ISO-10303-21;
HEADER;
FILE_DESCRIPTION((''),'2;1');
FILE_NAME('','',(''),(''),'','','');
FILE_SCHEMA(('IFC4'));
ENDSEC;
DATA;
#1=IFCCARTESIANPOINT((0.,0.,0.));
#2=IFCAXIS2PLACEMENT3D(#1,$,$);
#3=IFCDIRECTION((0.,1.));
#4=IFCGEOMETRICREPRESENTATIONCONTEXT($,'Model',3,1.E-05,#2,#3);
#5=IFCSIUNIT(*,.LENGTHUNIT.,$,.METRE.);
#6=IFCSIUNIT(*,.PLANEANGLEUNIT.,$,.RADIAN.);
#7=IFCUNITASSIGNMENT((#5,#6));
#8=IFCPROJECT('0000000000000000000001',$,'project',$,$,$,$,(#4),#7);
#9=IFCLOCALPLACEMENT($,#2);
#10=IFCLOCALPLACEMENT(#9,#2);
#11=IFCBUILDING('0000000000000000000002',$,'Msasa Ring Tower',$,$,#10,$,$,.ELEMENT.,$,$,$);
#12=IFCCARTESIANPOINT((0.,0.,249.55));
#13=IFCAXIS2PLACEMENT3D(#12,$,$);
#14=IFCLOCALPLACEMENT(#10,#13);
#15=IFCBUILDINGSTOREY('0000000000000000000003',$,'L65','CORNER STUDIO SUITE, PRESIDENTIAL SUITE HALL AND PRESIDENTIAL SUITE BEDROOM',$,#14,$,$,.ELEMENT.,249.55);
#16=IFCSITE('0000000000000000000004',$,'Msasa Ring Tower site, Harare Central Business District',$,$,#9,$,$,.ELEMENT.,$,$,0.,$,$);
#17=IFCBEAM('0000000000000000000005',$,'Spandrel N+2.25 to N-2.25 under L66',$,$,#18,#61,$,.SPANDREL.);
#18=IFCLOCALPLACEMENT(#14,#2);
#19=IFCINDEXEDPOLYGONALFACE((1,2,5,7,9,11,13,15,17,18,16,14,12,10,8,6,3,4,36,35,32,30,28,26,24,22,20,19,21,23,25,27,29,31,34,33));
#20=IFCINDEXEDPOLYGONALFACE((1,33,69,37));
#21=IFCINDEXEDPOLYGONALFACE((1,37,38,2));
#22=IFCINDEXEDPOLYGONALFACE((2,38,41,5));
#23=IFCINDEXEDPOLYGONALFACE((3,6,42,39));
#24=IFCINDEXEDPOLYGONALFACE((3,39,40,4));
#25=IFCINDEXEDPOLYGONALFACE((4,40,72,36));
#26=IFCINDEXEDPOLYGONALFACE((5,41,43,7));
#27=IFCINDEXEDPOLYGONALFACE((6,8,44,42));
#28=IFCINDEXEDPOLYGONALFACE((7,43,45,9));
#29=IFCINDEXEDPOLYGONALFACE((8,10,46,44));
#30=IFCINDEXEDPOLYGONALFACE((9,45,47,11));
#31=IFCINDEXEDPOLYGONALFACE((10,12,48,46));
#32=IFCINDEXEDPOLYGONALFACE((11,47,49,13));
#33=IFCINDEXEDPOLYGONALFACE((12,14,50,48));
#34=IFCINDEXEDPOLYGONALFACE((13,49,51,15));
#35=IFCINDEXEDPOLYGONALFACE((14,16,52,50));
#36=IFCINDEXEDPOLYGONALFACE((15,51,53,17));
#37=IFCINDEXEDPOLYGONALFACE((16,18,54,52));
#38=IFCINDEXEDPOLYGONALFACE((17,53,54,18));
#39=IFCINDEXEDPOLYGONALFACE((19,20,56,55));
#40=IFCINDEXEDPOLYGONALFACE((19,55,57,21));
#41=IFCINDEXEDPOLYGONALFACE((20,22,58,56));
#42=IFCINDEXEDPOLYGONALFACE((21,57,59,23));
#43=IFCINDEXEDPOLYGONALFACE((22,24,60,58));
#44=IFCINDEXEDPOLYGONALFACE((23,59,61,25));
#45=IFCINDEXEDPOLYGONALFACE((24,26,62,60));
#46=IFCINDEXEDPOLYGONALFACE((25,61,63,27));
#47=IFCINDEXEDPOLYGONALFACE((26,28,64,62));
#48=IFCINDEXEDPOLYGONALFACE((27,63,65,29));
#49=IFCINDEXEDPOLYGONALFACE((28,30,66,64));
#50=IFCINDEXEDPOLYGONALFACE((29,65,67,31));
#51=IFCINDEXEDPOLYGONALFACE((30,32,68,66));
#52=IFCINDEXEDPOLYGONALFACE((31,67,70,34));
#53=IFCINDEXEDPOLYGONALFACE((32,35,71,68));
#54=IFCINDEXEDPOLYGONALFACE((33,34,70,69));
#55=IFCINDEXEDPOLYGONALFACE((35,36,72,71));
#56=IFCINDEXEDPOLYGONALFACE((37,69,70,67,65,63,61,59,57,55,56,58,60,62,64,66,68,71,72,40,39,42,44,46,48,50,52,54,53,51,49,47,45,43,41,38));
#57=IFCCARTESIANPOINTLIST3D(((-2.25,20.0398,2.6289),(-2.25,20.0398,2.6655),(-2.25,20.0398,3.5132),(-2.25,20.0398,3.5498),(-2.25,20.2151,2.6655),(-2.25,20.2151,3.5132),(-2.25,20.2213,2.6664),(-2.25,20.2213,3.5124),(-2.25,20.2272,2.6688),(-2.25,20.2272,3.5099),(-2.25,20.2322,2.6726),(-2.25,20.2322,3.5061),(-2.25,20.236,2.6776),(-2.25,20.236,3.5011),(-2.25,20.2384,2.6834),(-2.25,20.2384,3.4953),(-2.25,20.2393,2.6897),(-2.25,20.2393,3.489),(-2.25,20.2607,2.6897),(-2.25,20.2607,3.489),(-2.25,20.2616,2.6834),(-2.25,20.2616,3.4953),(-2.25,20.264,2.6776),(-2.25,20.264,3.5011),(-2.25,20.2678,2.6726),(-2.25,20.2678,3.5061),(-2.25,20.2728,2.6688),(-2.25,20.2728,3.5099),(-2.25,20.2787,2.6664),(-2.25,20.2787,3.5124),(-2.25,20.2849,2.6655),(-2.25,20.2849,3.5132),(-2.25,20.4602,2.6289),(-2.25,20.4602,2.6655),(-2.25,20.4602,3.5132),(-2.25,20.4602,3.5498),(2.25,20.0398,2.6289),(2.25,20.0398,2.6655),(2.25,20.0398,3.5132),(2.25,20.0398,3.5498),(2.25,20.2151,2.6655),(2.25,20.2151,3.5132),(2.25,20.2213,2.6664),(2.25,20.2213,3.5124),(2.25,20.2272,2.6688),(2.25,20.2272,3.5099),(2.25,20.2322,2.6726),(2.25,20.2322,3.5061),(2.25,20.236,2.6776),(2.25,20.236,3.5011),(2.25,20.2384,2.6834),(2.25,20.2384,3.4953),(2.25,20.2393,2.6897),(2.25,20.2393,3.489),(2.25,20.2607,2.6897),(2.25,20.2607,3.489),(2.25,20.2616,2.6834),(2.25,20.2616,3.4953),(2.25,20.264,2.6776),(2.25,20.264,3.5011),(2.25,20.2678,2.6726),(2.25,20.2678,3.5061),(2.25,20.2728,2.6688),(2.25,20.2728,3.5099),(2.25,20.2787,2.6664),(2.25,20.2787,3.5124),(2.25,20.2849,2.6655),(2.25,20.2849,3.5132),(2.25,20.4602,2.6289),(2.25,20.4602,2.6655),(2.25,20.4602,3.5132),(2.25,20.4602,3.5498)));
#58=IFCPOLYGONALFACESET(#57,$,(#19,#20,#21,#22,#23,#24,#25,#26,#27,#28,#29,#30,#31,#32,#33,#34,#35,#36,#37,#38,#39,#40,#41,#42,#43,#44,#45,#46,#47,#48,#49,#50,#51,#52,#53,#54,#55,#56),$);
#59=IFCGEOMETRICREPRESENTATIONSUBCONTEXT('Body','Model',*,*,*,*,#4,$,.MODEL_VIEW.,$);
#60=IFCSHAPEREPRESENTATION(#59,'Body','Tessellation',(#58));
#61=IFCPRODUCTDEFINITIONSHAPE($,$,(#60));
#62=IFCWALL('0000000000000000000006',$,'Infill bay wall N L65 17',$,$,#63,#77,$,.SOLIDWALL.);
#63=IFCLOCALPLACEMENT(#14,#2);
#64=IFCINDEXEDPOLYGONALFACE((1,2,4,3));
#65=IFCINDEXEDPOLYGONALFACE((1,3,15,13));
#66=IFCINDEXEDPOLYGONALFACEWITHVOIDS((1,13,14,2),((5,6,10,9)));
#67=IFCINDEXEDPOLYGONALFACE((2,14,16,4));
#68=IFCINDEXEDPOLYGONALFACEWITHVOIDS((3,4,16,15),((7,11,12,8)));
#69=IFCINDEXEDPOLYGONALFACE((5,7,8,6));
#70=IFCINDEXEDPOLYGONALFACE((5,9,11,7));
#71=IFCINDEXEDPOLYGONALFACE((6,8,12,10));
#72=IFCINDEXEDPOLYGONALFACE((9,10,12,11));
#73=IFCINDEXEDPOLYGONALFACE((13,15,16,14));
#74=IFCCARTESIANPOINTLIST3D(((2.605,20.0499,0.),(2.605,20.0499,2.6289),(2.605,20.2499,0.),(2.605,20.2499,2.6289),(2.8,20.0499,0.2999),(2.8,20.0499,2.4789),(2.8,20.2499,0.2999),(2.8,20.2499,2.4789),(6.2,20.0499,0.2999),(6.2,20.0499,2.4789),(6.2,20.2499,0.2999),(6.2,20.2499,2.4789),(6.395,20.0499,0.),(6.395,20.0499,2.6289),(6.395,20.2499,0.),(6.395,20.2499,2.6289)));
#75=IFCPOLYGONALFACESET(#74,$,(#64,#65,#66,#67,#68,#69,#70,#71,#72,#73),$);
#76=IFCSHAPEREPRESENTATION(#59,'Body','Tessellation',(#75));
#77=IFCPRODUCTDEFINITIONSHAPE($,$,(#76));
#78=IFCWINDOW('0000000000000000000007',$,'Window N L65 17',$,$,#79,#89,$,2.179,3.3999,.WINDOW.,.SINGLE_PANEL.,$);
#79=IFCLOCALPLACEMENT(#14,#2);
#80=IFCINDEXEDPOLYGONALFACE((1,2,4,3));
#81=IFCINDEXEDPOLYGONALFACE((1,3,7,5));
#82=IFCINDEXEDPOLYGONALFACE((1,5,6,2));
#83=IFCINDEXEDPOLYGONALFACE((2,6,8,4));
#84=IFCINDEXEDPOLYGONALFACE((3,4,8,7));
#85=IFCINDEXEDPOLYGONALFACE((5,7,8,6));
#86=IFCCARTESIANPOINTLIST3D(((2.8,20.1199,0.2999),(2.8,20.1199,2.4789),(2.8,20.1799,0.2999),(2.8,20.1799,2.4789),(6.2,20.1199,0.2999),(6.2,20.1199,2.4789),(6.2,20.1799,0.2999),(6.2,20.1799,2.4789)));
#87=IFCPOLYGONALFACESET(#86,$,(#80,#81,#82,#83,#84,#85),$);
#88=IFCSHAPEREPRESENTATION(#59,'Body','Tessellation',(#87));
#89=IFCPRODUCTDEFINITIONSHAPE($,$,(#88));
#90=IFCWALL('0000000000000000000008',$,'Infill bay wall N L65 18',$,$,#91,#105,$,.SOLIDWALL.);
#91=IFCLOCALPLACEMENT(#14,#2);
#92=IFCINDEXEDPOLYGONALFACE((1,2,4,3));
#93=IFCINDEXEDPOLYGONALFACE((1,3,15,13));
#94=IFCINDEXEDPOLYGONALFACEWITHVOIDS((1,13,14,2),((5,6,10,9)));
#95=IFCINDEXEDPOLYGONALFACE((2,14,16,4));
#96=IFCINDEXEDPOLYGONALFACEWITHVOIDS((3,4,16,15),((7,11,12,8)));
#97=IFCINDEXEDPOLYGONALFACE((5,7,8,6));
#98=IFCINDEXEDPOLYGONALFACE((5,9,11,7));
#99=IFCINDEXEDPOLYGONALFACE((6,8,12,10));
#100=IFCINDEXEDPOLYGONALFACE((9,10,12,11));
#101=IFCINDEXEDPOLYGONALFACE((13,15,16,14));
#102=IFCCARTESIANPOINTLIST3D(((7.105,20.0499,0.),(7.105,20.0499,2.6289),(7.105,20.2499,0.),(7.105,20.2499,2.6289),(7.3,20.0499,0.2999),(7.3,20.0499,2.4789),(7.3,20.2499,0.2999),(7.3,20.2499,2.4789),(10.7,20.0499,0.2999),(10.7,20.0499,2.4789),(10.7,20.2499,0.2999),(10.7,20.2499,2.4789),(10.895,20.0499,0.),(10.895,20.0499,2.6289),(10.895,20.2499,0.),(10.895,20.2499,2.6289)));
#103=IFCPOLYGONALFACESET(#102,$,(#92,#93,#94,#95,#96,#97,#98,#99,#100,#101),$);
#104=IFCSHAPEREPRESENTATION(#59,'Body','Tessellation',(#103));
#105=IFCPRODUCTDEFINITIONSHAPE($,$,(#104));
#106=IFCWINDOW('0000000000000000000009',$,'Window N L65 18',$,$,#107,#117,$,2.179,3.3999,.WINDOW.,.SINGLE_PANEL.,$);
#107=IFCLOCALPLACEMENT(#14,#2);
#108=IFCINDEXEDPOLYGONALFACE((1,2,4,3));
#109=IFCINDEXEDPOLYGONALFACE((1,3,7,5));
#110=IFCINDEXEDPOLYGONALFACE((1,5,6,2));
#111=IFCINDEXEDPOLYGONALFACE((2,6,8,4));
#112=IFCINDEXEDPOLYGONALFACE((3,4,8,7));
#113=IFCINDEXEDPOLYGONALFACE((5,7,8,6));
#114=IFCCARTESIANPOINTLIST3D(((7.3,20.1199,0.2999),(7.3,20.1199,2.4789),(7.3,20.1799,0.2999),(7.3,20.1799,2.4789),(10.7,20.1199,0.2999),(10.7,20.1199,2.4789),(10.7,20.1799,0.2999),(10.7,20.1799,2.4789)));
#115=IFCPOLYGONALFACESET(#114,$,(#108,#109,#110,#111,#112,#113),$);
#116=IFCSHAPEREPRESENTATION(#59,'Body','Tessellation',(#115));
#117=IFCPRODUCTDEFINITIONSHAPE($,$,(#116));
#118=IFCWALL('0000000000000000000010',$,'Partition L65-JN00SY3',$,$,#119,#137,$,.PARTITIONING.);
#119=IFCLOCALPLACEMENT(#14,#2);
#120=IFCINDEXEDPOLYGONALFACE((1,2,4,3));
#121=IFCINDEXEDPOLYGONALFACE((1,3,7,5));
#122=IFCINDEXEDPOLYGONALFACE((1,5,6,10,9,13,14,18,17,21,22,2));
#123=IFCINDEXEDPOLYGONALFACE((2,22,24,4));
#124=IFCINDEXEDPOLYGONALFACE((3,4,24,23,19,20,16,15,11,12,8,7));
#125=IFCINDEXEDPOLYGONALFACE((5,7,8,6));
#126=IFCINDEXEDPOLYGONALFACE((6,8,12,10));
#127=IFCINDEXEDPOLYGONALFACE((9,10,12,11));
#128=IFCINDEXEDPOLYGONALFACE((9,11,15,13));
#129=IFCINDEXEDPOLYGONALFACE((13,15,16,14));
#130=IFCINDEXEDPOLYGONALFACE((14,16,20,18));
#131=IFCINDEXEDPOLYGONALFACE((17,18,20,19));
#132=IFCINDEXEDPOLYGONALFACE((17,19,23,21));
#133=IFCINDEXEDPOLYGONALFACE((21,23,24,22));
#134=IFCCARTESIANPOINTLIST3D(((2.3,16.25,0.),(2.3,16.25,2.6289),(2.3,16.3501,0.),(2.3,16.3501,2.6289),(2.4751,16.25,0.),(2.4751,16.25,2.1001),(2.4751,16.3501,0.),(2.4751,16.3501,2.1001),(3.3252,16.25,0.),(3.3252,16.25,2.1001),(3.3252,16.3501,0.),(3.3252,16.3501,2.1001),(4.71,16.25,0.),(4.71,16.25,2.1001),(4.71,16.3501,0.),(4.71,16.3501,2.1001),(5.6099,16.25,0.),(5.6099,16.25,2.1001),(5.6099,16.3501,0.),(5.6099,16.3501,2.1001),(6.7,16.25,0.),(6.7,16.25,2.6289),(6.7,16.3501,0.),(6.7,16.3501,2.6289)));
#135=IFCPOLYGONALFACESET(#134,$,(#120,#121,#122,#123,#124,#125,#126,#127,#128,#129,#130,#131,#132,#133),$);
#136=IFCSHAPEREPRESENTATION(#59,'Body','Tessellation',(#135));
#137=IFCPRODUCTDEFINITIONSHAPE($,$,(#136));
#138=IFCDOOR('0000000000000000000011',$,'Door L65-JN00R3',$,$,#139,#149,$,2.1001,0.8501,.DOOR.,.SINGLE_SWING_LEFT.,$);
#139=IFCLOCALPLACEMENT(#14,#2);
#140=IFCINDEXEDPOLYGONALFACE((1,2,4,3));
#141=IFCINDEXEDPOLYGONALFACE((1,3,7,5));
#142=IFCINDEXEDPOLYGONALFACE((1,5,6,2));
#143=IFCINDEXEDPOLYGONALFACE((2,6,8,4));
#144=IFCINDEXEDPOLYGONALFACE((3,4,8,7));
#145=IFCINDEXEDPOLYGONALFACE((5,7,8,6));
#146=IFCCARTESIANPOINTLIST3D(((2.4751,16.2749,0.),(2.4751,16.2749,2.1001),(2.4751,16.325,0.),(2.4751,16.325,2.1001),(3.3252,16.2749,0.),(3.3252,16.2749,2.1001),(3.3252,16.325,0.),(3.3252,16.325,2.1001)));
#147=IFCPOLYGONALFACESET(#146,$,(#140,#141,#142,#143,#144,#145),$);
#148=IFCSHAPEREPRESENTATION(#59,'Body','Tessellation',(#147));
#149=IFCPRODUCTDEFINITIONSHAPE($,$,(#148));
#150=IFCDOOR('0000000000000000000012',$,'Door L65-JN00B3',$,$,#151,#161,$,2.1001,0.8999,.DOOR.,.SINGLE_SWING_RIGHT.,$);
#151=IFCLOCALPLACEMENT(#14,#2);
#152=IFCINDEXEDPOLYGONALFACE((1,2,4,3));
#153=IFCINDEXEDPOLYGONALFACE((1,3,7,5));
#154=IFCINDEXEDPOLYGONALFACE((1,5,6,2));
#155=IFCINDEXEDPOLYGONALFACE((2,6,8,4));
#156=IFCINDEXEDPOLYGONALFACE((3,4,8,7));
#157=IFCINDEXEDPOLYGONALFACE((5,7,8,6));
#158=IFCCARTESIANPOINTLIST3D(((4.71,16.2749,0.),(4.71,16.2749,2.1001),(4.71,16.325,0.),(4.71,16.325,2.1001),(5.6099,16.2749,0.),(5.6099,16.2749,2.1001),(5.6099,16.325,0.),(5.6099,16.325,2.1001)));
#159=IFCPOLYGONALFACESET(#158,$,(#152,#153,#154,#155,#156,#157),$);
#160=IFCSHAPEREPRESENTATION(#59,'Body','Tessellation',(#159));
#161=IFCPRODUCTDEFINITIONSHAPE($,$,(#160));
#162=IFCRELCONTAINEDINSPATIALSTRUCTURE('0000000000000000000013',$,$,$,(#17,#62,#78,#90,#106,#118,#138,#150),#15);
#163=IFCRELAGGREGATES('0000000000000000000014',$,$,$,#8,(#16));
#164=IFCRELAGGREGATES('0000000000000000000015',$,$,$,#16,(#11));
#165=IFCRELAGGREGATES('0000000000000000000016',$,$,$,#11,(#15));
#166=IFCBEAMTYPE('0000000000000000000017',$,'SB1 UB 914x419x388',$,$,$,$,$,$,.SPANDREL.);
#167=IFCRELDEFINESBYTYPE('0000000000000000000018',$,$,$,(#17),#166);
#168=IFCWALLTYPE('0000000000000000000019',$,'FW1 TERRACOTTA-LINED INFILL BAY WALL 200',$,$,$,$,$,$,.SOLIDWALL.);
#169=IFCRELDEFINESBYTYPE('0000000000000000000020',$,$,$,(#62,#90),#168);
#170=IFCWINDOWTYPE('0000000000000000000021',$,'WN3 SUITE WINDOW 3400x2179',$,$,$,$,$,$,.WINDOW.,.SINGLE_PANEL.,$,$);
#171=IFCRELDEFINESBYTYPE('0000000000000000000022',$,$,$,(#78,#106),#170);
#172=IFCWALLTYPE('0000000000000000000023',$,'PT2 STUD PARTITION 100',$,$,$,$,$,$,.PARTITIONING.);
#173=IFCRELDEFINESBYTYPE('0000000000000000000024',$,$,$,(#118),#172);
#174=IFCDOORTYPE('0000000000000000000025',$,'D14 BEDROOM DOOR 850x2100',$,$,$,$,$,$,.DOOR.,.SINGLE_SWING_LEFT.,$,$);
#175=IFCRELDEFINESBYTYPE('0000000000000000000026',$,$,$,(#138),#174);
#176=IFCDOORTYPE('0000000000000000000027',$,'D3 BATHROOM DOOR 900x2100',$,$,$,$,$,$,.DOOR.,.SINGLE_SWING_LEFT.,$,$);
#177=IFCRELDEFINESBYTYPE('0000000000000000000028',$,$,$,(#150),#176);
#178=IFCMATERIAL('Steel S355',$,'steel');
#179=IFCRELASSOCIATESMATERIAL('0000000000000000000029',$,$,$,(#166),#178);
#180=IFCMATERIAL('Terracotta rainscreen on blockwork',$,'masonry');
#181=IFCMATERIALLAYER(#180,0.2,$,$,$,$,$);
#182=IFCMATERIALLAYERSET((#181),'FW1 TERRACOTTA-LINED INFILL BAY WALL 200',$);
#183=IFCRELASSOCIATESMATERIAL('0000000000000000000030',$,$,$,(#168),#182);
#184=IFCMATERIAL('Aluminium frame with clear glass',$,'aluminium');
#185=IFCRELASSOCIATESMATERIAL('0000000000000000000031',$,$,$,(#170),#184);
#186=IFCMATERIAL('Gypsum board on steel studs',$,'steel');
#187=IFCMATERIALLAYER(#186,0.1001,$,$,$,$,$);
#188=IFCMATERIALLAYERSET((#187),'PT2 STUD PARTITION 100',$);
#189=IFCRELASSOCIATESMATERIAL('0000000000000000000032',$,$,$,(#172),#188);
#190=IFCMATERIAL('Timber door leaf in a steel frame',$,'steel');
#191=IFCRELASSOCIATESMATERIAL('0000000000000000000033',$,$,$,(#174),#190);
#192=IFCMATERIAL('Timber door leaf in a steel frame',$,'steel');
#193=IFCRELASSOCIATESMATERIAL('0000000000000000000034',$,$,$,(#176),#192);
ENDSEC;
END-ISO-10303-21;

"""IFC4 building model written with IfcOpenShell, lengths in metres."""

from ifc_helpers import new_model, si_unit, direction, frame, frame_2d, origin, origin_2d, place, context, subcontext, project, spatial, rectangle, i_section, extrude, material, layer, layer_set, material_profile, profile_set, type_object, element, fill, save


model = new_model("IFC4")

# Units and contexts
model_context = context("Model", 3, precision=1e-05, world=origin(), true_north=direction((0.0, 1.0)))
body_context = subcontext(model_context, "Body", "Model", "MODEL_VIEW")
ifc_project = project(units=[si_unit("LENGTHUNIT", "METRE"), si_unit("PLANEANGLEUNIT", "RADIAN")], contexts=[model_context])

# Site, building, storey
site_placement = place(None, origin())
site = spatial("IfcSite", under=ifc_project, at=site_placement, Name="Msasa Ring Tower site, Harare Central Business District", CompositionType="ELEMENT", RefElevation=0.0)
building_placement = place(site_placement, origin())
building = spatial("IfcBuilding", under=site, at=building_placement, Name="Msasa Ring Tower", CompositionType="ELEMENT")
storey_placement = place(building_placement, frame((0.0, 0.0, 249.55)))
storey = spatial("IfcBuildingStorey", under=building, at=storey_placement, Name="L65", Description="CORNER STUDIO SUITE, PRESIDENTIAL SUITE HALL AND PRESIDENTIAL SUITE BEDROOM", CompositionType="ELEMENT", Elevation=249.55)

# Beam
ifc_material_1 = material(Name="Steel S355", Category="steel")
ifc_material_profile_1 = material_profile(ifc_material_1, i_section(OverallWidth=0.4204, OverallDepth=0.9209, WebThickness=0.0215, FlangeThickness=0.0366, FilletRadius=0.0242, at=origin_2d()), Name="UB 914x419x388")
ifc_profile_set_1 = profile_set([ifc_material_profile_1], Name="Steel S355")
beam_type_1 = type_object("IfcBeamType", Name="SB1 UB 914x419x388", PredefinedType="SPANDREL", material=ifc_profile_set_1)
for number, where, z_axis, x_axis, name in (
    (1, (2.25, 20.25, 3.0894), (-1.0, 0.0, 0.0), (0.0, -1.0, 0.0), "Spandrel N+2.25 to N-2.25 under L66"),
):
    element("IfcBeam", number, at=place(storey_placement, frame(where, z_axis=z_axis, x_axis=x_axis)), inside=storey, type_object=beam_type_1, Name=name, PredefinedType="SPANDREL", context=body_context, shape_type="SweptSolid", body=[
        extrude(i_section(OverallWidth=0.4204, OverallDepth=0.9209, WebThickness=0.0215, FlangeThickness=0.0366, FilletRadius=0.0242, at=origin_2d()), origin(), (0.0, 0.0, 1.0), 4.5),
    ])

# Walls, openings, windows
ifc_material_2 = material(Name="Terracotta rainscreen on blockwork", Category="masonry")
ifc_layer_1 = layer(ifc_material_2, 0.2)
ifc_layer_set_1 = layer_set([ifc_layer_1], Name="FW1 TERRACOTTA-LINED INFILL BAY WALL 200")
wall_type_1 = type_object("IfcWallType", Name="FW1 TERRACOTTA-LINED INFILL BAY WALL 200", PredefinedType="SOLIDWALL", material=ifc_layer_set_1)
wall_1_placement = place(storey_placement, frame((2.605, 20.1499, 0.0), z_axis=(0.0, 0.0, 1.0), x_axis=(1.0, 0.0, 0.0)))
wall_1 = element("IfcWall", 2, at=wall_1_placement, inside=storey, type_object=wall_type_1, Name="Infill bay wall N L65 17", PredefinedType="SOLIDWALL", context=body_context, shape_type="SweptSolid", body=[
    extrude(rectangle(XDim=3.79, YDim=0.2, at=frame_2d((1.895, 0.0))), origin(), (0.0, 0.0, 1.0), 2.6289),
])
opening_1_placement = place(wall_1_placement, frame((0.1951, 0.0, 0.3)))
opening_1 = element("IfcOpeningElement", 3, at=opening_1_placement, cuts=wall_1, PredefinedType="OPENING", context=body_context, shape_type="SweptSolid", body=[
    extrude(rectangle(XDim=3.3999, YDim=2.179, at=frame_2d((1.7, 1.0894))), frame((0.0, 0.1099, 0.0), z_axis=(0.0, -1.0, 0.0), x_axis=(1.0, 0.0, 0.0)), (0.0, 0.0, 1.0), 0.22),
])
ifc_material_3 = material(Name="Aluminium frame with clear glass", Category="aluminium")
window_type = type_object("IfcWindowType", Name="WN3 SUITE WINDOW 3400x2179", PartitioningType="SINGLE_PANEL", PredefinedType="WINDOW", material=ifc_material_3)
window_1_placement = place(opening_1_placement, origin())
window_1 = element("IfcWindow", 4, at=window_1_placement, inside=storey, type_object=window_type, Name="Window N L65 17", OverallHeight=2.179, OverallWidth=3.3999, PartitioningType="SINGLE_PANEL", PredefinedType="WINDOW", context=body_context, shape_type="SweptSolid", body=[
    extrude(rectangle(XDim=3.3999, YDim=2.179, at=frame_2d((1.7, 1.0894))), frame((0.0, 0.03, 0.0), z_axis=(0.0, -1.0, 0.0), x_axis=(1.0, 0.0, 0.0)), (0.0, 0.0, 1.0), 0.0601),
])
fill(opening_1, window_1)
wall_2_placement = place(storey_placement, frame((7.105, 20.1499, 0.0), z_axis=(0.0, 0.0, 1.0), x_axis=(1.0, 0.0, 0.0)))
wall_2 = element("IfcWall", 5, at=wall_2_placement, inside=storey, type_object=wall_type_1, Name="Infill bay wall N L65 18", PredefinedType="SOLIDWALL", context=body_context, shape_type="SweptSolid", body=[
    extrude(rectangle(XDim=3.79, YDim=0.2, at=frame_2d((1.895, 0.0))), origin(), (0.0, 0.0, 1.0), 2.6289),
])
opening_2_placement = place(wall_2_placement, frame((0.1951, 0.0, 0.3)))
opening_2 = element("IfcOpeningElement", 6, at=opening_2_placement, cuts=wall_2, PredefinedType="OPENING", context=body_context, shape_type="SweptSolid", body=[
    extrude(rectangle(XDim=3.3999, YDim=2.179, at=frame_2d((1.7, 1.0894))), frame((0.0, 0.1099, 0.0), z_axis=(0.0, -1.0, 0.0), x_axis=(1.0, 0.0, 0.0)), (0.0, 0.0, 1.0), 0.22),
])
window_2_placement = place(opening_2_placement, origin())
window_2 = element("IfcWindow", 7, at=window_2_placement, inside=storey, type_object=window_type, Name="Window N L65 18", OverallHeight=2.179, OverallWidth=3.3999, PartitioningType="SINGLE_PANEL", PredefinedType="WINDOW", context=body_context, shape_type="SweptSolid", body=[
    extrude(rectangle(XDim=3.3999, YDim=2.179, at=frame_2d((1.7, 1.0894))), frame((0.0, 0.03, 0.0), z_axis=(0.0, -1.0, 0.0), x_axis=(1.0, 0.0, 0.0)), (0.0, 0.0, 1.0), 0.0601),
])
fill(opening_2, window_2)

# Wall, openings, doors
ifc_material_4 = material(Name="Gypsum board on steel studs", Category="steel")
ifc_layer_2 = layer(ifc_material_4, 0.1001)
ifc_layer_set_2 = layer_set([ifc_layer_2], Name="PT2 STUD PARTITION 100")
wall_type_2 = type_object("IfcWallType", Name="PT2 STUD PARTITION 100", PredefinedType="PARTITIONING", material=ifc_layer_set_2)
wall_3_placement = place(storey_placement, frame((2.3, 16.3, 0.0), z_axis=(0.0, 0.0, 1.0), x_axis=(1.0, 0.0, 0.0)))
wall_3 = element("IfcWall", 8, at=wall_3_placement, inside=storey, type_object=wall_type_2, Name="Partition L65-JN00SY3", PredefinedType="PARTITIONING", context=body_context, shape_type="SweptSolid", body=[
    extrude(rectangle(XDim=4.3999, YDim=0.1001, at=frame_2d((2.2, 0.0))), origin(), (0.0, 0.0, 1.0), 2.6289),
])
opening_3_placement = place(wall_3_placement, frame((0.175, 0.0, 0.0)))
opening_3 = element("IfcOpeningElement", 9, at=opening_3_placement, cuts=wall_3, PredefinedType="OPENING", context=body_context, shape_type="SweptSolid", body=[
    extrude(rectangle(XDim=0.8501, YDim=2.1001, at=frame_2d((0.425, 1.05))), frame((0.0, 0.0601, 0.0), z_axis=(0.0, -1.0, 0.0), x_axis=(1.0, 0.0, 0.0)), (0.0, 0.0, 1.0), 0.1201),
])
opening_4_placement = place(wall_3_placement, frame((2.4099, 0.0, 0.0)))
opening_4 = element("IfcOpeningElement", 10, at=opening_4_placement, cuts=wall_3, PredefinedType="OPENING", context=body_context, shape_type="SweptSolid", body=[
    extrude(rectangle(XDim=0.8999, YDim=2.1001, at=frame_2d((0.45, 1.05))), frame((0.0, 0.0601, 0.0), z_axis=(0.0, -1.0, 0.0), x_axis=(1.0, 0.0, 0.0)), (0.0, 0.0, 1.0), 0.1201),
])
ifc_material_5 = material(Name="Timber door leaf in a steel frame", Category="steel")
door_type_1 = type_object("IfcDoorType", Name="D14 BEDROOM DOOR 850x2100", OperationType="SINGLE_SWING_LEFT", PredefinedType="DOOR", material=ifc_material_5)
door_1_placement = place(opening_3_placement, origin())
door_1 = element("IfcDoor", 11, at=door_1_placement, inside=storey, type_object=door_type_1, Name="Door L65-JN00R3", OperationType="SINGLE_SWING_LEFT", OverallHeight=2.1001, OverallWidth=0.8501, PredefinedType="DOOR", context=body_context, shape_type="SweptSolid", body=[
    extrude(rectangle(XDim=0.8501, YDim=2.1001, at=frame_2d((0.425, 1.05))), frame((0.0, 0.0249, 0.0), z_axis=(0.0, -1.0, 0.0), x_axis=(1.0, 0.0, 0.0)), (0.0, 0.0, 1.0), 0.05),
])
fill(opening_3, door_1)
ifc_material_6 = material(Name="Timber door leaf in a steel frame", Category="steel")
door_type_2 = type_object("IfcDoorType", Name="D3 BATHROOM DOOR 900x2100", OperationType="SINGLE_SWING_LEFT", PredefinedType="DOOR", material=ifc_material_6)
door_2_placement = place(opening_4_placement, origin())
door_2 = element("IfcDoor", 12, at=door_2_placement, inside=storey, type_object=door_type_2, Name="Door L65-JN00B3", OperationType="SINGLE_SWING_RIGHT", OverallHeight=2.1001, OverallWidth=0.8999, PredefinedType="DOOR", context=body_context, shape_type="SweptSolid", body=[
    extrude(rectangle(XDim=0.8999, YDim=2.1001, at=frame_2d((0.45, 1.05))), frame((0.0, 0.0249, 0.0), z_axis=(0.0, -1.0, 0.0), x_axis=(1.0, 0.0, 0.0)), (0.0, 0.0, 1.0), 0.05),
])
fill(opening_4, door_2)

save(model, "model.ifc")
